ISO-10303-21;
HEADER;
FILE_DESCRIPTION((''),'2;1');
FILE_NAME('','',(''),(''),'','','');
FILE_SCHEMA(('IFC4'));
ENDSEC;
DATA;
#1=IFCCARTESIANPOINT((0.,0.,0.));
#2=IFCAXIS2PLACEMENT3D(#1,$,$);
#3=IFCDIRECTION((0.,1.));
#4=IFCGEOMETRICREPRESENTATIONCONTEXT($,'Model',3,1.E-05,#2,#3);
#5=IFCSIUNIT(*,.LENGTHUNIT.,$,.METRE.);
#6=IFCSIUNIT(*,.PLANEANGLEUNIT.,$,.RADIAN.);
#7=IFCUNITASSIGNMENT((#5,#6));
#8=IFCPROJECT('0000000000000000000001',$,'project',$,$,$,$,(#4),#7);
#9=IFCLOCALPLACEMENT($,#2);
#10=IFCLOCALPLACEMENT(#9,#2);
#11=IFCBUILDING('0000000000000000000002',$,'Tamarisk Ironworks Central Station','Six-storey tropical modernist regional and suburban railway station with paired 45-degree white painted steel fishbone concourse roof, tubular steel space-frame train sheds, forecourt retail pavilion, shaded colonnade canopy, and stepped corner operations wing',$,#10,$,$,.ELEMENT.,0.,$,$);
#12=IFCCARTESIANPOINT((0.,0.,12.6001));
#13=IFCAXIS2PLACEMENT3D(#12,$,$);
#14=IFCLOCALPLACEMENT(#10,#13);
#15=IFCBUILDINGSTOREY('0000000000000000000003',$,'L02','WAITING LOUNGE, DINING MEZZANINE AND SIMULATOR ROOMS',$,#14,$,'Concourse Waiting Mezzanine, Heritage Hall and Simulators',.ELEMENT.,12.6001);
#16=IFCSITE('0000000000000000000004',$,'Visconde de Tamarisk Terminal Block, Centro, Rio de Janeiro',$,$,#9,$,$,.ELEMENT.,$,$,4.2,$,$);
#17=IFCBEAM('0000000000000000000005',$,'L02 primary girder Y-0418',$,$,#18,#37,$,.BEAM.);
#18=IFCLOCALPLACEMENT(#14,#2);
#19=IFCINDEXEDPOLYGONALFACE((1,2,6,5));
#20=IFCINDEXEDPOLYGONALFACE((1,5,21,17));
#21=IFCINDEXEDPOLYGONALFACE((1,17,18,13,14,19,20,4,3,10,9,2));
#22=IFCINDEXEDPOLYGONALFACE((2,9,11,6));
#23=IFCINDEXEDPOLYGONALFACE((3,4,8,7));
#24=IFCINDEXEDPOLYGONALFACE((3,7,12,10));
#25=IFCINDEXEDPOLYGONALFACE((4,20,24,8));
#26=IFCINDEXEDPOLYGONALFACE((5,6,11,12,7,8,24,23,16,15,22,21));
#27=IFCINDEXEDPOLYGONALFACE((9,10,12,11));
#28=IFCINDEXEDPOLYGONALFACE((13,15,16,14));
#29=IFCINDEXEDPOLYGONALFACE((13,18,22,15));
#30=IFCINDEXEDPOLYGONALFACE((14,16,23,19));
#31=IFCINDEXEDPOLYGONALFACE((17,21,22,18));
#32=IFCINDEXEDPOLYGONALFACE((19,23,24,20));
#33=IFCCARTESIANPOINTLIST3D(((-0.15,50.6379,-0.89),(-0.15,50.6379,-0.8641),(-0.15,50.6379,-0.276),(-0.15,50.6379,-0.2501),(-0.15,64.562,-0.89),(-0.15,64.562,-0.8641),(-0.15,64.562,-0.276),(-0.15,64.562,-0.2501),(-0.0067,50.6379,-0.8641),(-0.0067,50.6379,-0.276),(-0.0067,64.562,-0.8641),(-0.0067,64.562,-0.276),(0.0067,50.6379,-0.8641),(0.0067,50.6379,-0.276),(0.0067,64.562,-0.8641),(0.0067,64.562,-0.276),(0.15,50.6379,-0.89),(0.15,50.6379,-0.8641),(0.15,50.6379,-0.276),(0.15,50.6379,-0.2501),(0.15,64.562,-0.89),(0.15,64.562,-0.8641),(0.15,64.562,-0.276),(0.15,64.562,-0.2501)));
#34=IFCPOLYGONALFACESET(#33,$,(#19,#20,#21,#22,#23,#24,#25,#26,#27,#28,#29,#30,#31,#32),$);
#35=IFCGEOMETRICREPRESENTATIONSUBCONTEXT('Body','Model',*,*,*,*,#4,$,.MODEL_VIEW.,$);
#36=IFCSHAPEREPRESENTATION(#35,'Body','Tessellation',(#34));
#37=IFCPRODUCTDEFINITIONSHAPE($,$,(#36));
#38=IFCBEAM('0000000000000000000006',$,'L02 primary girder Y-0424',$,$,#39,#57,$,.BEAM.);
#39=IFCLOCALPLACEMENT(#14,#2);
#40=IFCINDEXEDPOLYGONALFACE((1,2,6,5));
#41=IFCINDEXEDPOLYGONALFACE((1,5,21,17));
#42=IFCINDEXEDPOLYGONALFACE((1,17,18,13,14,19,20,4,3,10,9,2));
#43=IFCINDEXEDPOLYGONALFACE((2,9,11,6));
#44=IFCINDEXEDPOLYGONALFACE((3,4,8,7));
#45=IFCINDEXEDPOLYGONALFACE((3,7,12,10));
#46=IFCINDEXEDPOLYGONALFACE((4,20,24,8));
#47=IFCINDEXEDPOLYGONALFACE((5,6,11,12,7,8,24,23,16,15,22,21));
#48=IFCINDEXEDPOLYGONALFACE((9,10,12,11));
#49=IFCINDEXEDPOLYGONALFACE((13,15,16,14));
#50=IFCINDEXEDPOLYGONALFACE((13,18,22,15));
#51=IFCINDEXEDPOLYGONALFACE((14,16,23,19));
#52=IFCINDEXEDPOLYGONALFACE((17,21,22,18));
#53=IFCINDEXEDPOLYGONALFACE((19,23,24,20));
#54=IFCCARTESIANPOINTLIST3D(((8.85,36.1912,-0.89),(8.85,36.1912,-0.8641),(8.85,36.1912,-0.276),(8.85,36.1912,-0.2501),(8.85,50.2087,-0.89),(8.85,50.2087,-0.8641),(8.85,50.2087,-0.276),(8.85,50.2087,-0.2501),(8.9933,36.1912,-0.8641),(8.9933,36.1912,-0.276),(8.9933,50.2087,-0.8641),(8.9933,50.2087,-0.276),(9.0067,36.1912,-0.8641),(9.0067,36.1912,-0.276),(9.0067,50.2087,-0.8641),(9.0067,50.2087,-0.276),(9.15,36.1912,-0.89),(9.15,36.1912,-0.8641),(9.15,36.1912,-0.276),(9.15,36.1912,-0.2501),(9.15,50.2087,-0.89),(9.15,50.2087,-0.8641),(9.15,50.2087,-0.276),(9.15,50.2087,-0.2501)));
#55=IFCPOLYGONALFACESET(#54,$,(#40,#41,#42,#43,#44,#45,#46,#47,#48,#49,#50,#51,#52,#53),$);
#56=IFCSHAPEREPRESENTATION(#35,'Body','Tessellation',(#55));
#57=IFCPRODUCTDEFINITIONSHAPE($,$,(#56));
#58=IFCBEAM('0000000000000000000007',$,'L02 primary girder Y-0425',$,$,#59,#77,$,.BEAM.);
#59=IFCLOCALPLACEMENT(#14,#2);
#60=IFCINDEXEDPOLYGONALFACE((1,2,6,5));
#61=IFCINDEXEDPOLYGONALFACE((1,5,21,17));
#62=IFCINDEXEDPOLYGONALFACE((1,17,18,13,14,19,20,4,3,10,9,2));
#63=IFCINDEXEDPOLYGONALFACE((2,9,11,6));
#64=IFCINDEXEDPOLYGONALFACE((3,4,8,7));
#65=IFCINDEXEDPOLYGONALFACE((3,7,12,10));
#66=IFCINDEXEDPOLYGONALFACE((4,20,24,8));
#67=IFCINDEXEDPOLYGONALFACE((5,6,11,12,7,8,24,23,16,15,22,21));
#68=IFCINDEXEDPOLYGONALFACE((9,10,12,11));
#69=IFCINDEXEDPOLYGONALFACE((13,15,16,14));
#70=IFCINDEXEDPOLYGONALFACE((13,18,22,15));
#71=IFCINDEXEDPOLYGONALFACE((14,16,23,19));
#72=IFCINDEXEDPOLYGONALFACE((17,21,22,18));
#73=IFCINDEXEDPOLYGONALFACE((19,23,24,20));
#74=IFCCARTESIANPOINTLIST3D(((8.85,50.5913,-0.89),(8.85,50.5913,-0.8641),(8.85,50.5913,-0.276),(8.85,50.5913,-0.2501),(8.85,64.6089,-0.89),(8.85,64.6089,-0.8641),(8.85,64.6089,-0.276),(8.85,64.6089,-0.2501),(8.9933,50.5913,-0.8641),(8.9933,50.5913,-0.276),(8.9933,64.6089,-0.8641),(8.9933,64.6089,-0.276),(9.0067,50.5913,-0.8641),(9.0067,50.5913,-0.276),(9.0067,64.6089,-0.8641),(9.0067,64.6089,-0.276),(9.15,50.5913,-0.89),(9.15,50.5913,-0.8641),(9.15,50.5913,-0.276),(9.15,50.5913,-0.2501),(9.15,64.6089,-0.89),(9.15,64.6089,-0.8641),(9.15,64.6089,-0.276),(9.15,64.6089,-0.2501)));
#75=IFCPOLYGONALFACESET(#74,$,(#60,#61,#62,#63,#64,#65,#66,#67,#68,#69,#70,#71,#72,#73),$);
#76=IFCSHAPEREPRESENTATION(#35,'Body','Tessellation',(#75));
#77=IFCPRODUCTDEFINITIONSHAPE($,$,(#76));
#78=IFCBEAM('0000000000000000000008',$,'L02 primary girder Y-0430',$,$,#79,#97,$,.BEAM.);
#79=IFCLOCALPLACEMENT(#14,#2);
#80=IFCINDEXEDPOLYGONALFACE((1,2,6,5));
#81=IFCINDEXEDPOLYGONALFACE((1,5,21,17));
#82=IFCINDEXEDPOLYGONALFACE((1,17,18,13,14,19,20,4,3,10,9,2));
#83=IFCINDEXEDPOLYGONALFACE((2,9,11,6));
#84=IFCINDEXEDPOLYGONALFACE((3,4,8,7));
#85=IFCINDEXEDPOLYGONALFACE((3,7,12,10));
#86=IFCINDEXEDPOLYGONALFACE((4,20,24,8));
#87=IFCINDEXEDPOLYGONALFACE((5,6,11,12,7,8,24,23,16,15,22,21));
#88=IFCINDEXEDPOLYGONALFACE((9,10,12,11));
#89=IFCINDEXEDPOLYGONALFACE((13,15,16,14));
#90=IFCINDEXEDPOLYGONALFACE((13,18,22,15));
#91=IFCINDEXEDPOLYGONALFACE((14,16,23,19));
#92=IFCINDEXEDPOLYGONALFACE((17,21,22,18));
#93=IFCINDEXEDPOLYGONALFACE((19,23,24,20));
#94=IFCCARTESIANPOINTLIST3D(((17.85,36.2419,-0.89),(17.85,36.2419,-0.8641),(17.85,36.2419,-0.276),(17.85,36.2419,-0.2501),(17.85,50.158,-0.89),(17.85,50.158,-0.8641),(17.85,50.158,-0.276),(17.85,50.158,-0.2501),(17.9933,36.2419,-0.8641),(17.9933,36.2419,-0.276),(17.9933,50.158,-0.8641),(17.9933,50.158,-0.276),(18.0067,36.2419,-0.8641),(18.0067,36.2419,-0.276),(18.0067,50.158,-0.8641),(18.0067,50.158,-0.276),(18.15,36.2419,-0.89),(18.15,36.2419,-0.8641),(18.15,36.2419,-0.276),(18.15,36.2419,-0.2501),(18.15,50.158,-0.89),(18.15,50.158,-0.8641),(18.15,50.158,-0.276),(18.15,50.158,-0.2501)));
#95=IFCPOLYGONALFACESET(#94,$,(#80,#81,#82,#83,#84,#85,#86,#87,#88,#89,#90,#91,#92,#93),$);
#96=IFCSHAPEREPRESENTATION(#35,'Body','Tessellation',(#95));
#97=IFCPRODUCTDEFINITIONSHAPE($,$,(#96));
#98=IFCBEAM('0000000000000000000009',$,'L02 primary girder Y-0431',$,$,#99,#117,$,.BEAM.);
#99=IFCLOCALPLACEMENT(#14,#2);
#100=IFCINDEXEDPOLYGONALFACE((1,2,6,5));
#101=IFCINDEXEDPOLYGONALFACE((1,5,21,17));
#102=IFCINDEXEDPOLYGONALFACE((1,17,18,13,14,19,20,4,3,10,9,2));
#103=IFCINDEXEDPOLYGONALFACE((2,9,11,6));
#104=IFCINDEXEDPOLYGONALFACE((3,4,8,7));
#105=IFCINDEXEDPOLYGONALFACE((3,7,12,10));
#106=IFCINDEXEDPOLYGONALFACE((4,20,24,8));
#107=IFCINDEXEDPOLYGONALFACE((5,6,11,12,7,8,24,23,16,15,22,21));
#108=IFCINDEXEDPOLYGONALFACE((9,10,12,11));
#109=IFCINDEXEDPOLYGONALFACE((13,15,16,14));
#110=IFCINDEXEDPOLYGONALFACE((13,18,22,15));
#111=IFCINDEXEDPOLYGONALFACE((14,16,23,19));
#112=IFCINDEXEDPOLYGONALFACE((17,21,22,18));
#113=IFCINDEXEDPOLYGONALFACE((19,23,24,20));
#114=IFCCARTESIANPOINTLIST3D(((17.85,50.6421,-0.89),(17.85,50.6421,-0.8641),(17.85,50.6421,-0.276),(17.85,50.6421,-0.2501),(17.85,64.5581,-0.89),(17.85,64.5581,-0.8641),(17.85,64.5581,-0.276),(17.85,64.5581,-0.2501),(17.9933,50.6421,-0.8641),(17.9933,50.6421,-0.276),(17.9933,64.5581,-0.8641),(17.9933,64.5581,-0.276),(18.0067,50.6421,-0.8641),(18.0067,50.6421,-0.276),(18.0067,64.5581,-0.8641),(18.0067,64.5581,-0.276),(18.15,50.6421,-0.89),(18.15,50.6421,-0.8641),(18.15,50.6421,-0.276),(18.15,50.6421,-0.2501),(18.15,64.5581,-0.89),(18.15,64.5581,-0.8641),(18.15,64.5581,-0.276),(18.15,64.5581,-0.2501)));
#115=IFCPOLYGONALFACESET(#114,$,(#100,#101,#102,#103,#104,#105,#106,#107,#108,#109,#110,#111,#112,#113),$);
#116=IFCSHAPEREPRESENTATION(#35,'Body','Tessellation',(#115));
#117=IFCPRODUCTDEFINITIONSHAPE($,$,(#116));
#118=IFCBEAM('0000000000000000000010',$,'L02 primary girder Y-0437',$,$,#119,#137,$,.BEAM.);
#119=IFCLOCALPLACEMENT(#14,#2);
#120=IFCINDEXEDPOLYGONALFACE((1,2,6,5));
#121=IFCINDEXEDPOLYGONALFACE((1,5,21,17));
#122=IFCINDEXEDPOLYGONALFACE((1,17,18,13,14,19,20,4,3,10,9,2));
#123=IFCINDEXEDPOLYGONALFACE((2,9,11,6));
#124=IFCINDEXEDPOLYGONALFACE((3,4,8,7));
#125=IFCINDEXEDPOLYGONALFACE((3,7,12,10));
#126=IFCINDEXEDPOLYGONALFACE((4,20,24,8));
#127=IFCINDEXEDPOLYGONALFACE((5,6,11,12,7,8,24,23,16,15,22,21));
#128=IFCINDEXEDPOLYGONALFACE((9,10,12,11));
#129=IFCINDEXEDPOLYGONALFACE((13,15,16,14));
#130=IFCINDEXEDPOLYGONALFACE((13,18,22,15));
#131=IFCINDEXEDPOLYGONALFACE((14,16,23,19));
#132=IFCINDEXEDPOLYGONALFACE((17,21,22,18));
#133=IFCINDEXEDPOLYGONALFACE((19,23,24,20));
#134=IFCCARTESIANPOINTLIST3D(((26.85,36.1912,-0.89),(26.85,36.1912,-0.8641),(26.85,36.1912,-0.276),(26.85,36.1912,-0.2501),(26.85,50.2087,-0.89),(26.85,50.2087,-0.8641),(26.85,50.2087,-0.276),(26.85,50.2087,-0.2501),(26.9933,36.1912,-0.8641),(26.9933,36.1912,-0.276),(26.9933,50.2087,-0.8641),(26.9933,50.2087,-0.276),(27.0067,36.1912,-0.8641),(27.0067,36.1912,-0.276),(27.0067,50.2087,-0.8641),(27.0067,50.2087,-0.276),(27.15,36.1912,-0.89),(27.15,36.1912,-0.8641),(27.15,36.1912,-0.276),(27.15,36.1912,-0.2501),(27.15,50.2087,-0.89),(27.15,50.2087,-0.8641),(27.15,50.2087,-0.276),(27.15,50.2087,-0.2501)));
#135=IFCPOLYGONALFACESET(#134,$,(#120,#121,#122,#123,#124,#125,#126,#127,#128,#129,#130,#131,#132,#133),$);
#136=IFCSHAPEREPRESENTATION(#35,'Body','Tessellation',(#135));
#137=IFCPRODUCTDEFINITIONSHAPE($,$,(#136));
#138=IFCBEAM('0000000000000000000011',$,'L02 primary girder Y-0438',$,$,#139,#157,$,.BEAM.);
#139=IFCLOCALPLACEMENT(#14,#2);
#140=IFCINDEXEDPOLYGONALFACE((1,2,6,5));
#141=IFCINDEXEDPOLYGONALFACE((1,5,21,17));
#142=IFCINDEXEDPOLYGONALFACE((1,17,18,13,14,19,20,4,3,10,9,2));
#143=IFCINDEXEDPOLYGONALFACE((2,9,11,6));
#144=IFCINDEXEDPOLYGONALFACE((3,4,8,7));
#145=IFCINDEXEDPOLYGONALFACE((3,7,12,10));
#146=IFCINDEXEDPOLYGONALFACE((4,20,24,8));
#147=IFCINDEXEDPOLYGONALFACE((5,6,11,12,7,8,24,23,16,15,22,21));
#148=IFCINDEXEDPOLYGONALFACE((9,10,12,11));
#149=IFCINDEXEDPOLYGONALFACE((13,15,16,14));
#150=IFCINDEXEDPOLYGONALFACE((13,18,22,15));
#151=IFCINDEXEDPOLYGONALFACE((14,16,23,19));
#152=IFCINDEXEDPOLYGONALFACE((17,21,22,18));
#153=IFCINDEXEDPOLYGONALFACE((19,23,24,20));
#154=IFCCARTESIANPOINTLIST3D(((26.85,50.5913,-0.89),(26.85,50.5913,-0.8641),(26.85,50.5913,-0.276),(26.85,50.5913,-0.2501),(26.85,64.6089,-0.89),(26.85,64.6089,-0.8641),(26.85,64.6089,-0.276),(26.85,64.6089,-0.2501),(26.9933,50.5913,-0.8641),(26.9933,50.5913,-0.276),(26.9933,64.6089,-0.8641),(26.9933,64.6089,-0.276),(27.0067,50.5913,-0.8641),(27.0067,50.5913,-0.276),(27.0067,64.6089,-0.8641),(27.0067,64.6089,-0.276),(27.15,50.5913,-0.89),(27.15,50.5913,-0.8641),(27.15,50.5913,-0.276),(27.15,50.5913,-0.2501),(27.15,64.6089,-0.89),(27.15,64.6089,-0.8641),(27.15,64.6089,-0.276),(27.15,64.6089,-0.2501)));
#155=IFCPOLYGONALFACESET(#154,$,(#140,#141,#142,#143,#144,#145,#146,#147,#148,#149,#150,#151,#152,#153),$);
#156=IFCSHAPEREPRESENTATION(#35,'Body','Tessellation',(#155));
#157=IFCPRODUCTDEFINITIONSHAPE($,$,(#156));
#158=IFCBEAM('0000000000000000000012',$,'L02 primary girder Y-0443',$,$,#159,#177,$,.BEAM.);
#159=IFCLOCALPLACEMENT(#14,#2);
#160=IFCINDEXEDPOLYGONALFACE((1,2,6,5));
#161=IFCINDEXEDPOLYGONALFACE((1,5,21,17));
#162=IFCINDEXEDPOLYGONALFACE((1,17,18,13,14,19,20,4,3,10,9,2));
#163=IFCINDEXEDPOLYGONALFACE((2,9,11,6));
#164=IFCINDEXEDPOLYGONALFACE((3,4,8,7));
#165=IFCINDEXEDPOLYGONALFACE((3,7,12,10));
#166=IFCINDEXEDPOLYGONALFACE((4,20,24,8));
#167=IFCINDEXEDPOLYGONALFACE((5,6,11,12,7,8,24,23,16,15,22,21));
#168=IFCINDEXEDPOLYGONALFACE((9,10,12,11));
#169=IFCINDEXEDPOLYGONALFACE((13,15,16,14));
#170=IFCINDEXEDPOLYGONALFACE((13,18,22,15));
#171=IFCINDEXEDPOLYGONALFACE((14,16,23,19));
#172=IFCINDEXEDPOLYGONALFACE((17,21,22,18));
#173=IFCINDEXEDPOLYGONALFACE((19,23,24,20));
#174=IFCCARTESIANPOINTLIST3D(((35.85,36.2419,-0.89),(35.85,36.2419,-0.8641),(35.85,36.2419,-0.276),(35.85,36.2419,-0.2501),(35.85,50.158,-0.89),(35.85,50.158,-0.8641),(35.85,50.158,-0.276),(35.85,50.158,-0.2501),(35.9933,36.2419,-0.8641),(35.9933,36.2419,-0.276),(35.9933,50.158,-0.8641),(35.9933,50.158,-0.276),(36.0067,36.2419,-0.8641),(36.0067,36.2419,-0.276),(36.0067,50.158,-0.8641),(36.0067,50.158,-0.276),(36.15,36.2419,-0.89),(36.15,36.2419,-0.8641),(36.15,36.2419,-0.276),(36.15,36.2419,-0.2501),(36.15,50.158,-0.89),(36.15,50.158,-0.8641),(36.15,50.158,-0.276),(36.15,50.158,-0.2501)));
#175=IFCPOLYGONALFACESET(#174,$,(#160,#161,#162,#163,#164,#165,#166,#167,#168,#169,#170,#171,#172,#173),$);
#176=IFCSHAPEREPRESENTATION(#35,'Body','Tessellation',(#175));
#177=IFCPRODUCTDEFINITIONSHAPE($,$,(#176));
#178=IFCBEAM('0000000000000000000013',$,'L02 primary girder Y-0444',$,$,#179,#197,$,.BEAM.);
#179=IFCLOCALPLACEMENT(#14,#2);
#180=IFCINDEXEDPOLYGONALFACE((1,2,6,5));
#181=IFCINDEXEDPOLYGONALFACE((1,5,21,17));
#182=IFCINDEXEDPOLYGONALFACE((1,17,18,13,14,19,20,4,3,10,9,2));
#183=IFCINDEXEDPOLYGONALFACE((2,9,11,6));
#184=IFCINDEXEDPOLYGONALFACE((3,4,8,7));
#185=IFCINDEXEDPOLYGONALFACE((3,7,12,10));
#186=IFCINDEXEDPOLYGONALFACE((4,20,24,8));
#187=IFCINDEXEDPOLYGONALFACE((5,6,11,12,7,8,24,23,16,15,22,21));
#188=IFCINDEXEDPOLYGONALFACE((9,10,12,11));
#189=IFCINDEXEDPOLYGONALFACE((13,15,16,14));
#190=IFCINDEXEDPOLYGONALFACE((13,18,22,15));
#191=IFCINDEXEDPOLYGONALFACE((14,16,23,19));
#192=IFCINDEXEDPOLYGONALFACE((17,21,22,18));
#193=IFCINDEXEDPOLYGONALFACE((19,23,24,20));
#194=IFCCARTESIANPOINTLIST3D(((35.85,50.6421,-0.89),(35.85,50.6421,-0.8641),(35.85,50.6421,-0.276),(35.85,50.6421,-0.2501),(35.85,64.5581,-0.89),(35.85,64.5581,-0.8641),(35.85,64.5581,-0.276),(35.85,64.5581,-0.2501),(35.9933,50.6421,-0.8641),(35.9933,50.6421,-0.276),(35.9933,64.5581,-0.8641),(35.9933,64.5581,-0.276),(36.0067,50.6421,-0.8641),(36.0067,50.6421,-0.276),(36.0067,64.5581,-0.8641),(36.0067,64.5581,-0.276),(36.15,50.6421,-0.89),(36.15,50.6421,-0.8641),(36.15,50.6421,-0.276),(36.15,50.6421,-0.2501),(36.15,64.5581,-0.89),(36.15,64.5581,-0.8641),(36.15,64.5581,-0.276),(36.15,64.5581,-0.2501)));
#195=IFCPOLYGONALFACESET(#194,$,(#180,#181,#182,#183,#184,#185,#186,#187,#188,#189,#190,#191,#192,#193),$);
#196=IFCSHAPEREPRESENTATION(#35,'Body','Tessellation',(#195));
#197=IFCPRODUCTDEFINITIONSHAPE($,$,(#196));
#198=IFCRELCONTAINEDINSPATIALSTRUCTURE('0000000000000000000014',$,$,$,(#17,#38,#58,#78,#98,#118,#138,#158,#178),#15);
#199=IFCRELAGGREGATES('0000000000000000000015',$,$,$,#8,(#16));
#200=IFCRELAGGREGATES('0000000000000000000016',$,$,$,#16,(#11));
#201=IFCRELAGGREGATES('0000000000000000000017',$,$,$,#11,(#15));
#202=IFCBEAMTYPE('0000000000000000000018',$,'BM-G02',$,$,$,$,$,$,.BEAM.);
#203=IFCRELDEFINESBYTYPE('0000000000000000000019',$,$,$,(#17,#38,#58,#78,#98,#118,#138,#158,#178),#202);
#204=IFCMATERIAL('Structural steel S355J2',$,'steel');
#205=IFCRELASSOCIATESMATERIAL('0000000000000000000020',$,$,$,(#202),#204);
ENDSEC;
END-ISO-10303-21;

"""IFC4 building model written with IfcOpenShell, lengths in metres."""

from ifc_helpers import new_model, si_unit, direction, frame, origin, origin_2d, place, context, subcontext, project, spatial, i_section, extrude, material, material_profile, profile_set, type_object, element, save


model = new_model("IFC4")

# Units and contexts
model_context = context("Model", 3, precision=1e-05, world=origin(), true_north=direction((0.0, 1.0)))
body_context = subcontext(model_context, "Body", "Model", "MODEL_VIEW")
ifc_project = project(units=[si_unit("LENGTHUNIT", "METRE"), si_unit("PLANEANGLEUNIT", "RADIAN")], contexts=[model_context])

# Site, building, storey
site_placement = place(None, origin())
site = spatial("IfcSite", under=ifc_project, at=site_placement, Name="Visconde de Tamarisk Terminal Block, Centro, Rio de Janeiro", CompositionType="ELEMENT", RefElevation=4.2)
building_placement = place(site_placement, origin())
building = spatial("IfcBuilding", under=site, at=building_placement, Name="Tamarisk Ironworks Central Station", Description="Six-storey tropical modernist regional and suburban railway station with paired 45-degree white painted steel fishbone concourse roof, tubular steel space-frame train sheds, forecourt retail pavilion, shaded colonnade canopy, and stepped corner operations wing", CompositionType="ELEMENT", ElevationOfRefHeight=0.0)
storey_placement = place(building_placement, frame((0.0, 0.0, 12.6001)))
storey = spatial("IfcBuildingStorey", under=building, at=storey_placement, Name="L02", Description="WAITING LOUNGE, DINING MEZZANINE AND SIMULATOR ROOMS", LongName="Concourse Waiting Mezzanine, Heritage Hall and Simulators", CompositionType="ELEMENT", Elevation=12.6001)

# Beams
ifc_material_1 = material(Name="Structural steel S355J2", Category="steel")
ifc_material_profile_1 = material_profile(ifc_material_1, i_section(OverallWidth=0.3, OverallDepth=0.6399, WebThickness=0.0134, FlangeThickness=0.0259, at=origin_2d()), Name="HEA 650")
ifc_profile_set_1 = profile_set([ifc_material_profile_1], Name="Structural steel S355J2")
beam_type_1 = type_object("IfcBeamType", Name="BM-G02", PredefinedType="BEAM", material=ifc_profile_set_1)
for number, where, z_axis, x_axis, name in (
    (1, (0.0, 50.6379, -0.5701), (0.0, 1.0, 0.0), (-1.0, 0.0, 0.0), "L02 primary girder Y-0418"),
):
    element("IfcBeam", number, at=place(storey_placement, frame(where, z_axis=z_axis, x_axis=x_axis)), inside=storey, type_object=beam_type_1, Name=name, PredefinedType="BEAM", context=body_context, shape_type="SweptSolid", body=[
        extrude(i_section(OverallWidth=0.3, OverallDepth=0.6399, WebThickness=0.0134, FlangeThickness=0.0259, at=origin_2d()), origin(), (0.0, 0.0, 1.0), 13.9241),
    ])
for number, where, z_axis, x_axis, name in (
    (2, (9.0, 36.1912, -0.5701), (0.0, 1.0, 0.0), (-1.0, 0.0, 0.0), "L02 primary girder Y-0424"),
    (3, (9.0, 50.5913, -0.5701), (0.0, 1.0, 0.0), (-1.0, 0.0, 0.0), "L02 primary girder Y-0425"),
):
    element("IfcBeam", number, at=place(storey_placement, frame(where, z_axis=z_axis, x_axis=x_axis)), inside=storey, type_object=beam_type_1, Name=name, PredefinedType="BEAM", context=body_context, shape_type="SweptSolid", body=[
        extrude(i_section(OverallWidth=0.3, OverallDepth=0.6399, WebThickness=0.0134, FlangeThickness=0.0259, at=origin_2d()), origin(), (0.0, 0.0, 1.0), 14.0176),
    ])
for number, where, z_axis, x_axis, name in (
    (4, (18.0, 36.2419, -0.5701), (0.0, 1.0, 0.0), (-1.0, 0.0, 0.0), "L02 primary girder Y-0430"),
    (5, (18.0, 50.6421, -0.5701), (0.0, 1.0, 0.0), (-1.0, 0.0, 0.0), "L02 primary girder Y-0431"),
):
    element("IfcBeam", number, at=place(storey_placement, frame(where, z_axis=z_axis, x_axis=x_axis)), inside=storey, type_object=beam_type_1, Name=name, PredefinedType="BEAM", context=body_context, shape_type="SweptSolid", body=[
        extrude(i_section(OverallWidth=0.3, OverallDepth=0.6399, WebThickness=0.0134, FlangeThickness=0.0259, at=origin_2d()), origin(), (0.0, 0.0, 1.0), 13.916),
    ])
for number, where, z_axis, x_axis, name in (
    (6, (27.0, 36.1912, -0.5701), (0.0, 1.0, 0.0), (-1.0, 0.0, 0.0), "L02 primary girder Y-0437"),
    (7, (27.0, 50.5913, -0.5701), (0.0, 1.0, 0.0), (-1.0, 0.0, 0.0), "L02 primary girder Y-0438"),
):
    element("IfcBeam", number, at=place(storey_placement, frame(where, z_axis=z_axis, x_axis=x_axis)), inside=storey, type_object=beam_type_1, Name=name, PredefinedType="BEAM", context=body_context, shape_type="SweptSolid", body=[
        extrude(i_section(OverallWidth=0.3, OverallDepth=0.6399, WebThickness=0.0134, FlangeThickness=0.0259, at=origin_2d()), origin(), (0.0, 0.0, 1.0), 14.0176),
    ])
for number, where, z_axis, x_axis, name in (
    (8, (36.0, 36.2419, -0.5701), (0.0, 1.0, 0.0), (-1.0, 0.0, 0.0), "L02 primary girder Y-0443"),
    (9, (36.0, 50.6421, -0.5701), (0.0, 1.0, 0.0), (-1.0, 0.0, 0.0), "L02 primary girder Y-0444"),
):
    element("IfcBeam", number, at=place(storey_placement, frame(where, z_axis=z_axis, x_axis=x_axis)), inside=storey, type_object=beam_type_1, Name=name, PredefinedType="BEAM", context=body_context, shape_type="SweptSolid", body=[
        extrude(i_section(OverallWidth=0.3, OverallDepth=0.6399, WebThickness=0.0134, FlangeThickness=0.0259, at=origin_2d()), origin(), (0.0, 0.0, 1.0), 13.916),
    ])

save(model, "model.ifc")
